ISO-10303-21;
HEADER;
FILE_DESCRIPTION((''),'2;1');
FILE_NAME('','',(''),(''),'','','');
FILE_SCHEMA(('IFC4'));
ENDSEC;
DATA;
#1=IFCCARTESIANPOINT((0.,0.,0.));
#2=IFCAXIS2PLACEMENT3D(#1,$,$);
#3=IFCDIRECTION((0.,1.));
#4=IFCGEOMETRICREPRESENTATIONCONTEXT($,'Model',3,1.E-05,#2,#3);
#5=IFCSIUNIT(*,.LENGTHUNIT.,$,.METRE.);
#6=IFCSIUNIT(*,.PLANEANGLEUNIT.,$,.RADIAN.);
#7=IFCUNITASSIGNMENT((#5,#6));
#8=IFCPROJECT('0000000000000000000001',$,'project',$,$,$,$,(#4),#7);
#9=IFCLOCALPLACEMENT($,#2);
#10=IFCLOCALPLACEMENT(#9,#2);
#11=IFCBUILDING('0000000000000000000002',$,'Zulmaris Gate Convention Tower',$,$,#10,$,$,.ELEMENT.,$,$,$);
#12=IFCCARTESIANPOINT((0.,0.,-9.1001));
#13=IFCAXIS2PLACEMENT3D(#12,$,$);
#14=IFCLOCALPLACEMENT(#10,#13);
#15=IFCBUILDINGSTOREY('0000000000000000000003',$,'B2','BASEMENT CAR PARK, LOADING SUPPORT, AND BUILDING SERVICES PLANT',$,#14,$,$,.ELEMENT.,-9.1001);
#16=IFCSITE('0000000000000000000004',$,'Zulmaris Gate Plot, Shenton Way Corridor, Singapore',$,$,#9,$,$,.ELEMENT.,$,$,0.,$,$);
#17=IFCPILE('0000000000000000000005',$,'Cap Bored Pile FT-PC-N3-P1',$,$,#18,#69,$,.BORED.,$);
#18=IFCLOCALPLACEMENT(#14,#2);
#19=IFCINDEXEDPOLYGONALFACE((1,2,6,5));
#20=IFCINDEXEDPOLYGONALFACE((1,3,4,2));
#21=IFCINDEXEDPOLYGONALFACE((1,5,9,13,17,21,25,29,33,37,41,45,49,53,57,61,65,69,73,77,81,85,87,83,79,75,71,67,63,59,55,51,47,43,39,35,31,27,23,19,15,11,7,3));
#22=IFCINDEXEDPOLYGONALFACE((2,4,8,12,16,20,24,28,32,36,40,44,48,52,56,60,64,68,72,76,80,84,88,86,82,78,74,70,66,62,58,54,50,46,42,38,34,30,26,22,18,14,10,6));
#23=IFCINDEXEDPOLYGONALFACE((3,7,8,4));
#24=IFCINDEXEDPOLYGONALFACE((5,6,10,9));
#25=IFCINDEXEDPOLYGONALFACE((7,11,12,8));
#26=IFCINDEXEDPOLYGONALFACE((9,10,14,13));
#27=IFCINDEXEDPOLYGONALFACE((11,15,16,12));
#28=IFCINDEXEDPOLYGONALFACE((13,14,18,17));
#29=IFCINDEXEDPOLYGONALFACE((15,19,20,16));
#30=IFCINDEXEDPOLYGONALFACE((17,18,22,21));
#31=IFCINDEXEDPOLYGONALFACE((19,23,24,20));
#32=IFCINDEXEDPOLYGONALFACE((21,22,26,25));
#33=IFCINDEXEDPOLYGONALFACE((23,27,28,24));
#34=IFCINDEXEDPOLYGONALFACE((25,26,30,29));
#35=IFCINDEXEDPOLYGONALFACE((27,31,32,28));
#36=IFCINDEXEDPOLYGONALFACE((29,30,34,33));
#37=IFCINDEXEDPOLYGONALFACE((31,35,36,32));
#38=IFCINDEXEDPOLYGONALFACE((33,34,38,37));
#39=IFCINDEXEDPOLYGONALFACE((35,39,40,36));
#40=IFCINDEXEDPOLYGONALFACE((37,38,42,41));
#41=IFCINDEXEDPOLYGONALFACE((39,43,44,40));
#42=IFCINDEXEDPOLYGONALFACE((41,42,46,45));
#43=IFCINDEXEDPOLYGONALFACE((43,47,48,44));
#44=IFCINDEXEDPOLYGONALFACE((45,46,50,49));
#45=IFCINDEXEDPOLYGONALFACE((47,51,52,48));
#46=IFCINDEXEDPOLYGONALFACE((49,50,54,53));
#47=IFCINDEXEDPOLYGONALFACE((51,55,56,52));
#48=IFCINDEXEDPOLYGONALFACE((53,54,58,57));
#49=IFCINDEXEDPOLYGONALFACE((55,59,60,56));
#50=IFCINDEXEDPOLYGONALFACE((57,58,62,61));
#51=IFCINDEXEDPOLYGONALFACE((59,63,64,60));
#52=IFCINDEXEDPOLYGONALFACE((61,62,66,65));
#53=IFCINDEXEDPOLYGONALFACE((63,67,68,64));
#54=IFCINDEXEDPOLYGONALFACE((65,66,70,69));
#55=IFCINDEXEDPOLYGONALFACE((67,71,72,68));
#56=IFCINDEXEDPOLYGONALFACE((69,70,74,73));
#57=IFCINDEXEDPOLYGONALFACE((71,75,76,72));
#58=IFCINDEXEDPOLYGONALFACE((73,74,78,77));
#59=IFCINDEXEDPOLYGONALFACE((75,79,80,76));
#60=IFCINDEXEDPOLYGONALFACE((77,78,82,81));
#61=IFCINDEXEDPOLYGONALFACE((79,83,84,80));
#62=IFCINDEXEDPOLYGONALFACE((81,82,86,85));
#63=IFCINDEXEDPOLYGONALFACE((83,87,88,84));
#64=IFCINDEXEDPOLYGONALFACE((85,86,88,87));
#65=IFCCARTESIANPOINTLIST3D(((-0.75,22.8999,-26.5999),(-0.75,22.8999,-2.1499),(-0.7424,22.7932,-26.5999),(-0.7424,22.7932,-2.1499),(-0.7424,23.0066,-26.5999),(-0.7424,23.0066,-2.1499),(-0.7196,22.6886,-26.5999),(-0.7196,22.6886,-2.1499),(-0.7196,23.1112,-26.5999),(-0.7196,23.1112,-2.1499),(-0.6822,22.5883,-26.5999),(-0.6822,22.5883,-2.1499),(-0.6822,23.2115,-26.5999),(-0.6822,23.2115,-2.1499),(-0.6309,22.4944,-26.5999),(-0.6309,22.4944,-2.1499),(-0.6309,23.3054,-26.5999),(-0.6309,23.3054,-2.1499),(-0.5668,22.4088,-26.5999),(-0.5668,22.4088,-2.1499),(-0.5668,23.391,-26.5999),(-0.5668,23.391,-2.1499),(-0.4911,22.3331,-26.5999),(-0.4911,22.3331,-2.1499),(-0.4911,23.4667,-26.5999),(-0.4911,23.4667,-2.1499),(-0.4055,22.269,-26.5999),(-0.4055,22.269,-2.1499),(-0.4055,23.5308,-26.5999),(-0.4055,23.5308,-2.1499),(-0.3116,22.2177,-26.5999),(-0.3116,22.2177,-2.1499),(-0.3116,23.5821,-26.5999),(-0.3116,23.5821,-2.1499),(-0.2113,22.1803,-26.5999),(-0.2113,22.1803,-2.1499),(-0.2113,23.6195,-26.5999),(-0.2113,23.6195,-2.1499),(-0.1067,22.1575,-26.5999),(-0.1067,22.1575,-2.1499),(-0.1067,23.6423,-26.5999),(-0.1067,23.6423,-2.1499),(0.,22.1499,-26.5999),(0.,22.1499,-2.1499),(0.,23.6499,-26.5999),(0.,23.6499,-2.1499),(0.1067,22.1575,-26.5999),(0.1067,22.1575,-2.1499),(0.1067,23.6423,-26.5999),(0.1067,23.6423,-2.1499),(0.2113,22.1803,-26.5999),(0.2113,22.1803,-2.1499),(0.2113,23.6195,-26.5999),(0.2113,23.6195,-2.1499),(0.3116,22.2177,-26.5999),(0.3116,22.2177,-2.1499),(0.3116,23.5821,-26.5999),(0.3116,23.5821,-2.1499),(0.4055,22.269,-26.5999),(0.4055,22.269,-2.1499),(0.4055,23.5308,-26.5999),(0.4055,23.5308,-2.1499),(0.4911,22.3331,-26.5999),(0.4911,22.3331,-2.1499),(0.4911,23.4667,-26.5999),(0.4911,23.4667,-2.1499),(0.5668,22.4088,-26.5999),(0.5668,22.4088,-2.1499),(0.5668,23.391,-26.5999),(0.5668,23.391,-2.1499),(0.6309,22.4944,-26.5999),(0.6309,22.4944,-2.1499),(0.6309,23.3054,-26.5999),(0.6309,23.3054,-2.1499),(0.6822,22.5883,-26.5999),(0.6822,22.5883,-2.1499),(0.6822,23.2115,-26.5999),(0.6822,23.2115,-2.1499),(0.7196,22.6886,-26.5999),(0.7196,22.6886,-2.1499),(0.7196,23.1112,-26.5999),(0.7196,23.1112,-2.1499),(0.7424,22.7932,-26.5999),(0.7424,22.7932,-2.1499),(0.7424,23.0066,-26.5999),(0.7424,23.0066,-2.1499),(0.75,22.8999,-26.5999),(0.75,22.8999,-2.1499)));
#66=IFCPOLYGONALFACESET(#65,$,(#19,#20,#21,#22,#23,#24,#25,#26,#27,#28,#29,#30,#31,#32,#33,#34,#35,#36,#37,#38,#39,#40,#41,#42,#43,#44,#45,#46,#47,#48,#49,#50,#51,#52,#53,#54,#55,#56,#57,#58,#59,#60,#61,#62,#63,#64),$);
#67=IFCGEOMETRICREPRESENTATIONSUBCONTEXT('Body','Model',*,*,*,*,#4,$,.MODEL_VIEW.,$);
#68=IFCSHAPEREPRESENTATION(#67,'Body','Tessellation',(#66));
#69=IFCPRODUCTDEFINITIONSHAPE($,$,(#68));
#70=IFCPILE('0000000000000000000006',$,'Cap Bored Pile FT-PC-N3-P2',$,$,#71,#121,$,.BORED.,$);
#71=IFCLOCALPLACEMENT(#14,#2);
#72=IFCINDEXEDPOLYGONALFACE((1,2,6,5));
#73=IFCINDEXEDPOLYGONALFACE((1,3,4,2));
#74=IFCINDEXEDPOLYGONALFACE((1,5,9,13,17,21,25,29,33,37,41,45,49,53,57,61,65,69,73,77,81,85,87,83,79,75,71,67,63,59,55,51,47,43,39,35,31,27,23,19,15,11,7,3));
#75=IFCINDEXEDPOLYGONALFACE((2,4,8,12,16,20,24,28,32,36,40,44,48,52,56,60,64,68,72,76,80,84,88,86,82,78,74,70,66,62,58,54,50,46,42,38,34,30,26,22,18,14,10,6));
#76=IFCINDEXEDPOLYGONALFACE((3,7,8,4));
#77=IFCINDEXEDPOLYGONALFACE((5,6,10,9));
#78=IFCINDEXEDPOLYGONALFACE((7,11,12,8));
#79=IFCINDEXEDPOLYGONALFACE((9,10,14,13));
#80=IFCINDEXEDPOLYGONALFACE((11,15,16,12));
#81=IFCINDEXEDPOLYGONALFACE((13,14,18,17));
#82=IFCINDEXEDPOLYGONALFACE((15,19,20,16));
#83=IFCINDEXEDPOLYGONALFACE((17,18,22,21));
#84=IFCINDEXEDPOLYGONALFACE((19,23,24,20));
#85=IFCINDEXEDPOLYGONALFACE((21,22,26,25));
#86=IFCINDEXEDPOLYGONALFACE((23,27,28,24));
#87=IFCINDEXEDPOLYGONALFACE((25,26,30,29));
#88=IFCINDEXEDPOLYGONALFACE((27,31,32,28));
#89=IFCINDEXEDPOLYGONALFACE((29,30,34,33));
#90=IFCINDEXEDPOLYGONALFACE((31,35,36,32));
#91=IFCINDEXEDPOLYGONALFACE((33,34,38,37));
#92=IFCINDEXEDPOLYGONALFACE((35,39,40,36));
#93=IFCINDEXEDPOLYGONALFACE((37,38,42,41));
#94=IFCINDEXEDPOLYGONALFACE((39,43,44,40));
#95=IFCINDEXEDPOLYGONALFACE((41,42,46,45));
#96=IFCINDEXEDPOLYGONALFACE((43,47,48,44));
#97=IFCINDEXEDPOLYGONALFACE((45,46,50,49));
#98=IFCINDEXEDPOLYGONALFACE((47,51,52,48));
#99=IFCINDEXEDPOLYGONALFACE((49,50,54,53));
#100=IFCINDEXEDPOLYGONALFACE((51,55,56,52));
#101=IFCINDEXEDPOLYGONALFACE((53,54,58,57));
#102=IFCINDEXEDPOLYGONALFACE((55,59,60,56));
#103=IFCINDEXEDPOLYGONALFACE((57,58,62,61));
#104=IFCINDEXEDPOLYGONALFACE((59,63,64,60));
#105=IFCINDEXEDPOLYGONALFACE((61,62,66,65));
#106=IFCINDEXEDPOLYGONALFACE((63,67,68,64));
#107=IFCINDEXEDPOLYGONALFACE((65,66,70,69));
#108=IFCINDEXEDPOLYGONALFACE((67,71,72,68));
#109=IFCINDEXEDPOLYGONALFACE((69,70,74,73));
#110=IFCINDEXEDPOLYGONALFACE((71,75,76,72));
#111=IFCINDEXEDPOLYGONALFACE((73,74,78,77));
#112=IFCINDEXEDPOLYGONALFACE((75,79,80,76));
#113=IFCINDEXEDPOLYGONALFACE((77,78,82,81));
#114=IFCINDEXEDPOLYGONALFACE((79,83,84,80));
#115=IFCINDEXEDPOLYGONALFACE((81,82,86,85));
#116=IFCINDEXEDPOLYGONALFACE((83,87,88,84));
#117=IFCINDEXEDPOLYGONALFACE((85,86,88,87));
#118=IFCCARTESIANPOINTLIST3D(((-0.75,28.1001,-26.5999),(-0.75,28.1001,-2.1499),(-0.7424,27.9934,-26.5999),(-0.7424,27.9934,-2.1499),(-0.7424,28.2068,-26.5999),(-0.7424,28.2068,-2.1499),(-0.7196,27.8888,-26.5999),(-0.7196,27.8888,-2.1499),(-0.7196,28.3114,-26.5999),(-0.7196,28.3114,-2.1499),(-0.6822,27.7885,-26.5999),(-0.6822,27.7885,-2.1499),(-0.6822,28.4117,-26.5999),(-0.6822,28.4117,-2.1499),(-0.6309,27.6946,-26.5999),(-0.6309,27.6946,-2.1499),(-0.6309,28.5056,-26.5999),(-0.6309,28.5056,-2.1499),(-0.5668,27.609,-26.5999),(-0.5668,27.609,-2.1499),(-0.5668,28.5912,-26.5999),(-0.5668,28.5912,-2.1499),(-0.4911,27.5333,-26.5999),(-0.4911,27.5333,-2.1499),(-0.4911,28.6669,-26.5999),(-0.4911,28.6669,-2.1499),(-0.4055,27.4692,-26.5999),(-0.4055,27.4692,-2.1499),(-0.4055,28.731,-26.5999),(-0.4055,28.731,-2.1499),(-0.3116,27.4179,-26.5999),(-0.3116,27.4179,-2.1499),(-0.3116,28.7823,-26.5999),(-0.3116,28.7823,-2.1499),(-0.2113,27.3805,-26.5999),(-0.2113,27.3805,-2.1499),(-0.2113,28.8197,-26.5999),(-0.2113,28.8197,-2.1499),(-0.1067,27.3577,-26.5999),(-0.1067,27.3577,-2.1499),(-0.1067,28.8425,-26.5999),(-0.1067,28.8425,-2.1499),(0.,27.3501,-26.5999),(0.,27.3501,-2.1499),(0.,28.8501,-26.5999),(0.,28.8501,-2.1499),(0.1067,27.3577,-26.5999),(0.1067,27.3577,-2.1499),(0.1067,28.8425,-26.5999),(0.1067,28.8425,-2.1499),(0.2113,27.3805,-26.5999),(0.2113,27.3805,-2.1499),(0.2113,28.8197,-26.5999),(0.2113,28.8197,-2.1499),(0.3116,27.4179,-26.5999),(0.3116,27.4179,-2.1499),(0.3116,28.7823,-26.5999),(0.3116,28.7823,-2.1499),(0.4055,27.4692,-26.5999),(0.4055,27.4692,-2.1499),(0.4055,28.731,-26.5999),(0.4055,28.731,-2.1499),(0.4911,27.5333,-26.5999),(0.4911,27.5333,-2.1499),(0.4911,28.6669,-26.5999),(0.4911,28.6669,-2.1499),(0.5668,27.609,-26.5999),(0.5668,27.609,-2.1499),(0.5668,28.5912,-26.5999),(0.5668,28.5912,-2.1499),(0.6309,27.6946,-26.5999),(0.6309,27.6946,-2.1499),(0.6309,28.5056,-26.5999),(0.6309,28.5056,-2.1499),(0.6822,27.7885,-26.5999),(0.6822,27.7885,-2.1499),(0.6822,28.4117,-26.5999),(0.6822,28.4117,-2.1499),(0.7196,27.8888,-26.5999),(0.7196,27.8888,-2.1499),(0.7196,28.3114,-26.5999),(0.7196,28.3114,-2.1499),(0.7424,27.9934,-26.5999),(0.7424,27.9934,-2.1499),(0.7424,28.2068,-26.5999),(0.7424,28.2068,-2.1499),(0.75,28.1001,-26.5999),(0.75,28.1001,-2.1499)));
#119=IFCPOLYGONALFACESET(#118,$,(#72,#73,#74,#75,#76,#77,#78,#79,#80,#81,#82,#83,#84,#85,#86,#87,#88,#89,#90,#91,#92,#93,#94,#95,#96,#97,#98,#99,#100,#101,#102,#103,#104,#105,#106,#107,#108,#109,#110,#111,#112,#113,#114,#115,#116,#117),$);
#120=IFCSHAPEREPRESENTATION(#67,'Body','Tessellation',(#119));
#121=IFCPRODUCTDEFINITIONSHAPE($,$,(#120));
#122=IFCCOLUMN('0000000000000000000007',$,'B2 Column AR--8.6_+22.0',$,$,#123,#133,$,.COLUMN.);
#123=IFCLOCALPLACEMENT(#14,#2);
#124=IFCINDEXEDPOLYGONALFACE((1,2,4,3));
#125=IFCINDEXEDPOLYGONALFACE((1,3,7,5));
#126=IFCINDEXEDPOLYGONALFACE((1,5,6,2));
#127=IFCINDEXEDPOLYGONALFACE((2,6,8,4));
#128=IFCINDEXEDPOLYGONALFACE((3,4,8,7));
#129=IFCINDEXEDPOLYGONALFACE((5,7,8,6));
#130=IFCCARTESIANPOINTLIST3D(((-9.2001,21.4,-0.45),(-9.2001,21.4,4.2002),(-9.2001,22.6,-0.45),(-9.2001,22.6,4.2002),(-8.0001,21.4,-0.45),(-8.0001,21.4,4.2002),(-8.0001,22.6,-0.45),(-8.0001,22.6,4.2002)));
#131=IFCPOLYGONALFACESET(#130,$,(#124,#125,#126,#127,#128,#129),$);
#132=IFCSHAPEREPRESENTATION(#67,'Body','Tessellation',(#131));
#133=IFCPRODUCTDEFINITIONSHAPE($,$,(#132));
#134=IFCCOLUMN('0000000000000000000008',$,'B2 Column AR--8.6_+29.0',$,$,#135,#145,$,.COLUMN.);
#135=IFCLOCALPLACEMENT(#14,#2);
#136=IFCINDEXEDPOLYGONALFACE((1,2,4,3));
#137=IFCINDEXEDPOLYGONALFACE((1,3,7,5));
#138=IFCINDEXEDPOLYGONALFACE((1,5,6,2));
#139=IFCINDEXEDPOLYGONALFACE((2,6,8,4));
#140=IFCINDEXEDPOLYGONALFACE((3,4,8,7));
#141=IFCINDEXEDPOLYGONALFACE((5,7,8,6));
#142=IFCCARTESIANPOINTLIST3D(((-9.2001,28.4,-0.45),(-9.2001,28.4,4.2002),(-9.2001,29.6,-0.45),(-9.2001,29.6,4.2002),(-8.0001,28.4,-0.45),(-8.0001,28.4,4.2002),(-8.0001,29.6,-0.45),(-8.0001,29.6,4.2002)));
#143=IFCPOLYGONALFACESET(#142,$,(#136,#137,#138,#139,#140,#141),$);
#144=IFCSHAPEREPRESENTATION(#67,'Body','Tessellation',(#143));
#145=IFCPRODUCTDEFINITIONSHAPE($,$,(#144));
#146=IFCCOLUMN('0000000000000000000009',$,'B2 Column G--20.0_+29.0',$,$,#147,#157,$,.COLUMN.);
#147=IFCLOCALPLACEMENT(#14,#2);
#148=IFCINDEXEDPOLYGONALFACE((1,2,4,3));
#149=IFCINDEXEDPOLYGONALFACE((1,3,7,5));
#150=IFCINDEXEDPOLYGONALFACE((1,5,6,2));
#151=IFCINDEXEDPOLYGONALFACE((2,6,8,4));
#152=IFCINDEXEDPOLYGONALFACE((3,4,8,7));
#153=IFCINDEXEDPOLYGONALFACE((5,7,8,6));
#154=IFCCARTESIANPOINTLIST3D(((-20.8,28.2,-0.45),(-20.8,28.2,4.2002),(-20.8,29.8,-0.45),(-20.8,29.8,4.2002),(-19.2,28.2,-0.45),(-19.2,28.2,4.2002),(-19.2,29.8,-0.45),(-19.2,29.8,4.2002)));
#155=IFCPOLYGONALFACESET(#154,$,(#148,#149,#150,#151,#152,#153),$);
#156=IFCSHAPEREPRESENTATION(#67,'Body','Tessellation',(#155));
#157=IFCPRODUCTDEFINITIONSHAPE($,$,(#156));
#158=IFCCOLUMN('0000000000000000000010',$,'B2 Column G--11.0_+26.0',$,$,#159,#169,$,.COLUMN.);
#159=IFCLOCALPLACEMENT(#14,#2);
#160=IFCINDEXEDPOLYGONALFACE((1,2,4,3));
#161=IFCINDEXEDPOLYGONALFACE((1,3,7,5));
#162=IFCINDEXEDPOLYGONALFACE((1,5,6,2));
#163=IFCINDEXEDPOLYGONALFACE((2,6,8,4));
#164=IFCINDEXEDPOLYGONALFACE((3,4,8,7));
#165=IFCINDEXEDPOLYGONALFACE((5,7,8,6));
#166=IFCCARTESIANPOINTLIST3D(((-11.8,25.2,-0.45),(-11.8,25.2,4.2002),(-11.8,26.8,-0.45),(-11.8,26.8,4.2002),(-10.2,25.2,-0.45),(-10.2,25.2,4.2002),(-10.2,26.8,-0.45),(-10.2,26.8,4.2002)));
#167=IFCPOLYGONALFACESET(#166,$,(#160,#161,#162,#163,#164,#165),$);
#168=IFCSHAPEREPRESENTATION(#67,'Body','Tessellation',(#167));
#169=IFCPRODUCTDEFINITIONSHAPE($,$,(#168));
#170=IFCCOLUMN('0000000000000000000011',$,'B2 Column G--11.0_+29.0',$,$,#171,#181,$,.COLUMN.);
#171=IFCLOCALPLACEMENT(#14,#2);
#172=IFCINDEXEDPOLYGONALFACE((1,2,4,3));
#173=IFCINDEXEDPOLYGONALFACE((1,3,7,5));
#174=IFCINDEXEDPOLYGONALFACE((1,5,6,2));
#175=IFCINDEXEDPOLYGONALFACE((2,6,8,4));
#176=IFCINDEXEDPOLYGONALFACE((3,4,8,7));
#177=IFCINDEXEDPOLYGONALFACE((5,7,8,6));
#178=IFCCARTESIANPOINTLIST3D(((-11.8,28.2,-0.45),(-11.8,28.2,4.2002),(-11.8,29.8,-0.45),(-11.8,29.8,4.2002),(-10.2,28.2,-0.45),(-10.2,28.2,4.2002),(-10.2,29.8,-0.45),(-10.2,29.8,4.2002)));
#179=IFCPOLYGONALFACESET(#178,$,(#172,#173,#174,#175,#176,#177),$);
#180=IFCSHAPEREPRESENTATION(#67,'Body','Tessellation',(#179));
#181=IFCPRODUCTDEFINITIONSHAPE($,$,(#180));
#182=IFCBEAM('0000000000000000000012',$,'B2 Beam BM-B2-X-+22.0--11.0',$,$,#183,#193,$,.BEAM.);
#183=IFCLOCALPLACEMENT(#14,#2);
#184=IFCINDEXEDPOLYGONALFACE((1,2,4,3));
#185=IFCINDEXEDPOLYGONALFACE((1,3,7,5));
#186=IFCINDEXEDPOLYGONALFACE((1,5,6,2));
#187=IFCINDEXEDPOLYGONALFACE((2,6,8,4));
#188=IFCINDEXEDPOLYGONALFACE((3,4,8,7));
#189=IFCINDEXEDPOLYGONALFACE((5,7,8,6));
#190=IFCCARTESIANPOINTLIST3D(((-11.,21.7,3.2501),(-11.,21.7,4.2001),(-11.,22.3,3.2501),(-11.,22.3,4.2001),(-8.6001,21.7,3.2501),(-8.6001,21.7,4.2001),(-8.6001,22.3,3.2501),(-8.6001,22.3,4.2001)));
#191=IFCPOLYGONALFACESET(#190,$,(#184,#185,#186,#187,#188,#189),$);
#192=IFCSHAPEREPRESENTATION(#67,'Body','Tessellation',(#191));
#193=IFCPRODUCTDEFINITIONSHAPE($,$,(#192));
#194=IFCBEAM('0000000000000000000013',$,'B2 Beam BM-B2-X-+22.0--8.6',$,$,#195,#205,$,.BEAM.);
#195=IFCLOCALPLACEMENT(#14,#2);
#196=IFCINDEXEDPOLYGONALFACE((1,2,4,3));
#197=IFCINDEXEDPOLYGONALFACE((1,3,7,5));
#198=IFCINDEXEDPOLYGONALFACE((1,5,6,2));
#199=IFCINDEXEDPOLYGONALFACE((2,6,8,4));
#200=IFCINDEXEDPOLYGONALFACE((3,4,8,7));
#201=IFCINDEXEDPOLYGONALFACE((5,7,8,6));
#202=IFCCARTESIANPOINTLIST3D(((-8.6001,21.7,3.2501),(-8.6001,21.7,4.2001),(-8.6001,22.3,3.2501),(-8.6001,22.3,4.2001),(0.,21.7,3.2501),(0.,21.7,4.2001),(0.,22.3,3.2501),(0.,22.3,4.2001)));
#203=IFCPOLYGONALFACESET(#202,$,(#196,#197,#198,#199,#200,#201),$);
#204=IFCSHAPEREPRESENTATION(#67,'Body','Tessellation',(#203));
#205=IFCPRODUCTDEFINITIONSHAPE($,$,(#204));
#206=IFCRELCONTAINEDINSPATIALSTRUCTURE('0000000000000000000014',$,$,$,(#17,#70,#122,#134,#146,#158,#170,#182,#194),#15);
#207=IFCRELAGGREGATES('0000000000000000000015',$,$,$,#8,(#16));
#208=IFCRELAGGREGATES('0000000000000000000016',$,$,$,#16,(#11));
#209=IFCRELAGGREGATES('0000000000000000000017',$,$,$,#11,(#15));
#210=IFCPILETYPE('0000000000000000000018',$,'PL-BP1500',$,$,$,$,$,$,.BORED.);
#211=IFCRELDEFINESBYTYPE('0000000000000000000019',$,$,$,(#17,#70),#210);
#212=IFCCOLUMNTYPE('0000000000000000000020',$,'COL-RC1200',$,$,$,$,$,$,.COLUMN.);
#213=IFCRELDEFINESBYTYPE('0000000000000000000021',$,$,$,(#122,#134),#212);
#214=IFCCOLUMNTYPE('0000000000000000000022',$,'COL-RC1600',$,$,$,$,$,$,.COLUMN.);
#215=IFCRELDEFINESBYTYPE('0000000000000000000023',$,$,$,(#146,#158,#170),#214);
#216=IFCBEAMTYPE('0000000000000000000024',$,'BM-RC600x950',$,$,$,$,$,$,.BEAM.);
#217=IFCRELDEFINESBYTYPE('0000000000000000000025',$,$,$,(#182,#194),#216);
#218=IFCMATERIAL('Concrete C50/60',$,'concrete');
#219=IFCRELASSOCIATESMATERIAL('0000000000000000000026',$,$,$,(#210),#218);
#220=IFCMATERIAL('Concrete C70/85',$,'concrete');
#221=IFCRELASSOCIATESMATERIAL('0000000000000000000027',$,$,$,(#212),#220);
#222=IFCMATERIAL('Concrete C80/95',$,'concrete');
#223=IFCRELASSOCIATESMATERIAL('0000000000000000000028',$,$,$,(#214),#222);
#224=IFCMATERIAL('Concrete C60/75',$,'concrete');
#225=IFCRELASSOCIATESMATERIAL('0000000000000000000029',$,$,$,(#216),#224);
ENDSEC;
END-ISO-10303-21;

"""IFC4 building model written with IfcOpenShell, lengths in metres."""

from ifc_helpers import new_model, si_unit, direction, frame, origin, origin_2d, place, context, subcontext, project, spatial, rectangle, circle, extrude, material, material_profile, profile_set, type_object, element, save


model = new_model("IFC4")

# Units and contexts
model_context = context("Model", 3, precision=1e-05, world=origin(), true_north=direction((0.0, 1.0)))
body_context = subcontext(model_context, "Body", "Model", "MODEL_VIEW")
ifc_project = project(units=[si_unit("LENGTHUNIT", "METRE"), si_unit("PLANEANGLEUNIT", "RADIAN")], contexts=[model_context])

# Site, building, storey
site_placement = place(None, origin())
site = spatial("IfcSite", under=ifc_project, at=site_placement, Name="Zulmaris Gate Plot, Shenton Way Corridor, Singapore", CompositionType="ELEMENT", RefElevation=0.0)
building_placement = place(site_placement, origin())
building = spatial("IfcBuilding", under=site, at=building_placement, Name="Zulmaris Gate Convention Tower", CompositionType="ELEMENT")
storey_placement = place(building_placement, frame((0.0, 0.0, -9.1001)))
storey = spatial("IfcBuildingStorey", under=building, at=storey_placement, Name="B2", Description="BASEMENT CAR PARK, LOADING SUPPORT, AND BUILDING SERVICES PLANT", CompositionType="ELEMENT", Elevation=-9.1001)

# Piles
ifc_material_1 = material(Name="Concrete C50/60", Category="concrete")
ifc_material_profile_1 = material_profile(ifc_material_1, circle(Radius=0.75, at=origin_2d()), Name="BORED PILE 1500")
ifc_profile_set_1 = profile_set([ifc_material_profile_1], Name="Concrete C50/60")
pile_type_1 = type_object("IfcPileType", Name="PL-BP1500", PredefinedType="BORED", material=ifc_profile_set_1)
for number, where, z_axis, x_axis, name in (
    (1, (0.0, 22.8999, -2.1499), (0.0, 0.0, -1.0), (1.0, 0.0, 0.0), "Cap Bored Pile FT-PC-N3-P1"),
    (2, (0.0, 28.1001, -2.1499), (0.0, 0.0, -1.0), (1.0, 0.0, 0.0), "Cap Bored Pile FT-PC-N3-P2"),
):
    element("IfcPile", number, at=place(storey_placement, frame(where, z_axis=z_axis, x_axis=x_axis)), inside=storey, type_object=pile_type_1, Name=name, PredefinedType="BORED", context=body_context, shape_type="SweptSolid", body=[
        extrude(circle(Radius=0.75, at=origin_2d()), origin(), (0.0, 0.0, 1.0), 24.45),
    ])

# Columns
ifc_material_2 = material(Name="Concrete C70/85", Category="concrete")
ifc_material_profile_2 = material_profile(ifc_material_2, rectangle(XDim=1.2, YDim=1.2, at=origin_2d()), Name="RC COL 1200x1200")
ifc_profile_set_2 = profile_set([ifc_material_profile_2], Name="Concrete C70/85")
column_type_1 = type_object("IfcColumnType", Name="COL-RC1200", PredefinedType="COLUMN", material=ifc_profile_set_2)
for number, where, z_axis, x_axis, name in (
    (3, (-8.6001, 22.0, -0.45), (0.0, 0.0, 1.0), (1.0, 0.0, 0.0), "B2 Column AR--8.6_+22.0"),
    (4, (-8.6001, 29.0, -0.45), (0.0, 0.0, 1.0), (1.0, 0.0, 0.0), "B2 Column AR--8.6_+29.0"),
):
    element("IfcColumn", number, at=place(storey_placement, frame(where, z_axis=z_axis, x_axis=x_axis)), inside=storey, type_object=column_type_1, Name=name, PredefinedType="COLUMN", context=body_context, shape_type="SweptSolid", body=[
        extrude(rectangle(XDim=1.2, YDim=1.2, at=origin_2d()), origin(), (0.0, 0.0, 1.0), 4.6501),
    ])
ifc_material_3 = material(Name="Concrete C80/95", Category="concrete")
ifc_material_profile_3 = material_profile(ifc_material_3, rectangle(XDim=1.6001, YDim=1.6001, at=origin_2d()), Name="RC COL 1600x1600")
ifc_profile_set_3 = profile_set([ifc_material_profile_3], Name="Concrete C80/95")
column_type_2 = type_object("IfcColumnType", Name="COL-RC1600", PredefinedType="COLUMN", material=ifc_profile_set_3)
for number, where, z_axis, x_axis, name in (
    (5, (-20.0, 29.0, -0.45), (0.0, 0.0, 1.0), (1.0, 0.0, 0.0), "B2 Column G--20.0_+29.0"),
    (6, (-11.0, 26.0, -0.45), (0.0, 0.0, 1.0), (1.0, 0.0, 0.0), "B2 Column G--11.0_+26.0"),
    (7, (-11.0, 29.0, -0.45), (0.0, 0.0, 1.0), (1.0, 0.0, 0.0), "B2 Column G--11.0_+29.0"),
):
    element("IfcColumn", number, at=place(storey_placement, frame(where, z_axis=z_axis, x_axis=x_axis)), inside=storey, type_object=column_type_2, Name=name, PredefinedType="COLUMN", context=body_context, shape_type="SweptSolid", body=[
        extrude(rectangle(XDim=1.6001, YDim=1.6001, at=origin_2d()), origin(), (0.0, 0.0, 1.0), 4.6501),
    ])

# Beams
ifc_material_4 = material(Name="Concrete C60/75", Category="concrete")
ifc_material_profile_4 = material_profile(ifc_material_4, rectangle(XDim=0.6001, YDim=0.95, at=origin_2d()), Name="RC BEAM 600x950")
ifc_profile_set_4 = profile_set([ifc_material_profile_4], Name="Concrete C60/75")
beam_type = type_object("IfcBeamType", Name="BM-RC600x950", PredefinedType="BEAM", material=ifc_profile_set_4)
beam_1_placement = place(storey_placement, frame((-11.0, 22.0, 3.7251), z_axis=(1.0, 0.0, 0.0), x_axis=(0.0, 1.0, 0.0)))
element("IfcBeam", 8, at=beam_1_placement, inside=storey, type_object=beam_type, Name="B2 Beam BM-B2-X-+22.0--11.0", PredefinedType="BEAM", context=body_context, shape_type="SweptSolid", body=[
    extrude(rectangle(XDim=0.6001, YDim=0.95, at=origin_2d()), origin(), (0.0, 0.0, 1.0), 2.3999),
])
beam_2_placement = place(storey_placement, frame((-8.6001, 22.0, 3.7251), z_axis=(1.0, 0.0, 0.0), x_axis=(0.0, 1.0, 0.0)))
element("IfcBeam", 9, at=beam_2_placement, inside=storey, type_object=beam_type, Name="B2 Beam BM-B2-X-+22.0--8.6", PredefinedType="BEAM", context=body_context, shape_type="SweptSolid", body=[
    extrude(rectangle(XDim=0.6001, YDim=0.95, at=origin_2d()), origin(), (0.0, 0.0, 1.0), 8.6001),
])

save(model, "model.ifc")
